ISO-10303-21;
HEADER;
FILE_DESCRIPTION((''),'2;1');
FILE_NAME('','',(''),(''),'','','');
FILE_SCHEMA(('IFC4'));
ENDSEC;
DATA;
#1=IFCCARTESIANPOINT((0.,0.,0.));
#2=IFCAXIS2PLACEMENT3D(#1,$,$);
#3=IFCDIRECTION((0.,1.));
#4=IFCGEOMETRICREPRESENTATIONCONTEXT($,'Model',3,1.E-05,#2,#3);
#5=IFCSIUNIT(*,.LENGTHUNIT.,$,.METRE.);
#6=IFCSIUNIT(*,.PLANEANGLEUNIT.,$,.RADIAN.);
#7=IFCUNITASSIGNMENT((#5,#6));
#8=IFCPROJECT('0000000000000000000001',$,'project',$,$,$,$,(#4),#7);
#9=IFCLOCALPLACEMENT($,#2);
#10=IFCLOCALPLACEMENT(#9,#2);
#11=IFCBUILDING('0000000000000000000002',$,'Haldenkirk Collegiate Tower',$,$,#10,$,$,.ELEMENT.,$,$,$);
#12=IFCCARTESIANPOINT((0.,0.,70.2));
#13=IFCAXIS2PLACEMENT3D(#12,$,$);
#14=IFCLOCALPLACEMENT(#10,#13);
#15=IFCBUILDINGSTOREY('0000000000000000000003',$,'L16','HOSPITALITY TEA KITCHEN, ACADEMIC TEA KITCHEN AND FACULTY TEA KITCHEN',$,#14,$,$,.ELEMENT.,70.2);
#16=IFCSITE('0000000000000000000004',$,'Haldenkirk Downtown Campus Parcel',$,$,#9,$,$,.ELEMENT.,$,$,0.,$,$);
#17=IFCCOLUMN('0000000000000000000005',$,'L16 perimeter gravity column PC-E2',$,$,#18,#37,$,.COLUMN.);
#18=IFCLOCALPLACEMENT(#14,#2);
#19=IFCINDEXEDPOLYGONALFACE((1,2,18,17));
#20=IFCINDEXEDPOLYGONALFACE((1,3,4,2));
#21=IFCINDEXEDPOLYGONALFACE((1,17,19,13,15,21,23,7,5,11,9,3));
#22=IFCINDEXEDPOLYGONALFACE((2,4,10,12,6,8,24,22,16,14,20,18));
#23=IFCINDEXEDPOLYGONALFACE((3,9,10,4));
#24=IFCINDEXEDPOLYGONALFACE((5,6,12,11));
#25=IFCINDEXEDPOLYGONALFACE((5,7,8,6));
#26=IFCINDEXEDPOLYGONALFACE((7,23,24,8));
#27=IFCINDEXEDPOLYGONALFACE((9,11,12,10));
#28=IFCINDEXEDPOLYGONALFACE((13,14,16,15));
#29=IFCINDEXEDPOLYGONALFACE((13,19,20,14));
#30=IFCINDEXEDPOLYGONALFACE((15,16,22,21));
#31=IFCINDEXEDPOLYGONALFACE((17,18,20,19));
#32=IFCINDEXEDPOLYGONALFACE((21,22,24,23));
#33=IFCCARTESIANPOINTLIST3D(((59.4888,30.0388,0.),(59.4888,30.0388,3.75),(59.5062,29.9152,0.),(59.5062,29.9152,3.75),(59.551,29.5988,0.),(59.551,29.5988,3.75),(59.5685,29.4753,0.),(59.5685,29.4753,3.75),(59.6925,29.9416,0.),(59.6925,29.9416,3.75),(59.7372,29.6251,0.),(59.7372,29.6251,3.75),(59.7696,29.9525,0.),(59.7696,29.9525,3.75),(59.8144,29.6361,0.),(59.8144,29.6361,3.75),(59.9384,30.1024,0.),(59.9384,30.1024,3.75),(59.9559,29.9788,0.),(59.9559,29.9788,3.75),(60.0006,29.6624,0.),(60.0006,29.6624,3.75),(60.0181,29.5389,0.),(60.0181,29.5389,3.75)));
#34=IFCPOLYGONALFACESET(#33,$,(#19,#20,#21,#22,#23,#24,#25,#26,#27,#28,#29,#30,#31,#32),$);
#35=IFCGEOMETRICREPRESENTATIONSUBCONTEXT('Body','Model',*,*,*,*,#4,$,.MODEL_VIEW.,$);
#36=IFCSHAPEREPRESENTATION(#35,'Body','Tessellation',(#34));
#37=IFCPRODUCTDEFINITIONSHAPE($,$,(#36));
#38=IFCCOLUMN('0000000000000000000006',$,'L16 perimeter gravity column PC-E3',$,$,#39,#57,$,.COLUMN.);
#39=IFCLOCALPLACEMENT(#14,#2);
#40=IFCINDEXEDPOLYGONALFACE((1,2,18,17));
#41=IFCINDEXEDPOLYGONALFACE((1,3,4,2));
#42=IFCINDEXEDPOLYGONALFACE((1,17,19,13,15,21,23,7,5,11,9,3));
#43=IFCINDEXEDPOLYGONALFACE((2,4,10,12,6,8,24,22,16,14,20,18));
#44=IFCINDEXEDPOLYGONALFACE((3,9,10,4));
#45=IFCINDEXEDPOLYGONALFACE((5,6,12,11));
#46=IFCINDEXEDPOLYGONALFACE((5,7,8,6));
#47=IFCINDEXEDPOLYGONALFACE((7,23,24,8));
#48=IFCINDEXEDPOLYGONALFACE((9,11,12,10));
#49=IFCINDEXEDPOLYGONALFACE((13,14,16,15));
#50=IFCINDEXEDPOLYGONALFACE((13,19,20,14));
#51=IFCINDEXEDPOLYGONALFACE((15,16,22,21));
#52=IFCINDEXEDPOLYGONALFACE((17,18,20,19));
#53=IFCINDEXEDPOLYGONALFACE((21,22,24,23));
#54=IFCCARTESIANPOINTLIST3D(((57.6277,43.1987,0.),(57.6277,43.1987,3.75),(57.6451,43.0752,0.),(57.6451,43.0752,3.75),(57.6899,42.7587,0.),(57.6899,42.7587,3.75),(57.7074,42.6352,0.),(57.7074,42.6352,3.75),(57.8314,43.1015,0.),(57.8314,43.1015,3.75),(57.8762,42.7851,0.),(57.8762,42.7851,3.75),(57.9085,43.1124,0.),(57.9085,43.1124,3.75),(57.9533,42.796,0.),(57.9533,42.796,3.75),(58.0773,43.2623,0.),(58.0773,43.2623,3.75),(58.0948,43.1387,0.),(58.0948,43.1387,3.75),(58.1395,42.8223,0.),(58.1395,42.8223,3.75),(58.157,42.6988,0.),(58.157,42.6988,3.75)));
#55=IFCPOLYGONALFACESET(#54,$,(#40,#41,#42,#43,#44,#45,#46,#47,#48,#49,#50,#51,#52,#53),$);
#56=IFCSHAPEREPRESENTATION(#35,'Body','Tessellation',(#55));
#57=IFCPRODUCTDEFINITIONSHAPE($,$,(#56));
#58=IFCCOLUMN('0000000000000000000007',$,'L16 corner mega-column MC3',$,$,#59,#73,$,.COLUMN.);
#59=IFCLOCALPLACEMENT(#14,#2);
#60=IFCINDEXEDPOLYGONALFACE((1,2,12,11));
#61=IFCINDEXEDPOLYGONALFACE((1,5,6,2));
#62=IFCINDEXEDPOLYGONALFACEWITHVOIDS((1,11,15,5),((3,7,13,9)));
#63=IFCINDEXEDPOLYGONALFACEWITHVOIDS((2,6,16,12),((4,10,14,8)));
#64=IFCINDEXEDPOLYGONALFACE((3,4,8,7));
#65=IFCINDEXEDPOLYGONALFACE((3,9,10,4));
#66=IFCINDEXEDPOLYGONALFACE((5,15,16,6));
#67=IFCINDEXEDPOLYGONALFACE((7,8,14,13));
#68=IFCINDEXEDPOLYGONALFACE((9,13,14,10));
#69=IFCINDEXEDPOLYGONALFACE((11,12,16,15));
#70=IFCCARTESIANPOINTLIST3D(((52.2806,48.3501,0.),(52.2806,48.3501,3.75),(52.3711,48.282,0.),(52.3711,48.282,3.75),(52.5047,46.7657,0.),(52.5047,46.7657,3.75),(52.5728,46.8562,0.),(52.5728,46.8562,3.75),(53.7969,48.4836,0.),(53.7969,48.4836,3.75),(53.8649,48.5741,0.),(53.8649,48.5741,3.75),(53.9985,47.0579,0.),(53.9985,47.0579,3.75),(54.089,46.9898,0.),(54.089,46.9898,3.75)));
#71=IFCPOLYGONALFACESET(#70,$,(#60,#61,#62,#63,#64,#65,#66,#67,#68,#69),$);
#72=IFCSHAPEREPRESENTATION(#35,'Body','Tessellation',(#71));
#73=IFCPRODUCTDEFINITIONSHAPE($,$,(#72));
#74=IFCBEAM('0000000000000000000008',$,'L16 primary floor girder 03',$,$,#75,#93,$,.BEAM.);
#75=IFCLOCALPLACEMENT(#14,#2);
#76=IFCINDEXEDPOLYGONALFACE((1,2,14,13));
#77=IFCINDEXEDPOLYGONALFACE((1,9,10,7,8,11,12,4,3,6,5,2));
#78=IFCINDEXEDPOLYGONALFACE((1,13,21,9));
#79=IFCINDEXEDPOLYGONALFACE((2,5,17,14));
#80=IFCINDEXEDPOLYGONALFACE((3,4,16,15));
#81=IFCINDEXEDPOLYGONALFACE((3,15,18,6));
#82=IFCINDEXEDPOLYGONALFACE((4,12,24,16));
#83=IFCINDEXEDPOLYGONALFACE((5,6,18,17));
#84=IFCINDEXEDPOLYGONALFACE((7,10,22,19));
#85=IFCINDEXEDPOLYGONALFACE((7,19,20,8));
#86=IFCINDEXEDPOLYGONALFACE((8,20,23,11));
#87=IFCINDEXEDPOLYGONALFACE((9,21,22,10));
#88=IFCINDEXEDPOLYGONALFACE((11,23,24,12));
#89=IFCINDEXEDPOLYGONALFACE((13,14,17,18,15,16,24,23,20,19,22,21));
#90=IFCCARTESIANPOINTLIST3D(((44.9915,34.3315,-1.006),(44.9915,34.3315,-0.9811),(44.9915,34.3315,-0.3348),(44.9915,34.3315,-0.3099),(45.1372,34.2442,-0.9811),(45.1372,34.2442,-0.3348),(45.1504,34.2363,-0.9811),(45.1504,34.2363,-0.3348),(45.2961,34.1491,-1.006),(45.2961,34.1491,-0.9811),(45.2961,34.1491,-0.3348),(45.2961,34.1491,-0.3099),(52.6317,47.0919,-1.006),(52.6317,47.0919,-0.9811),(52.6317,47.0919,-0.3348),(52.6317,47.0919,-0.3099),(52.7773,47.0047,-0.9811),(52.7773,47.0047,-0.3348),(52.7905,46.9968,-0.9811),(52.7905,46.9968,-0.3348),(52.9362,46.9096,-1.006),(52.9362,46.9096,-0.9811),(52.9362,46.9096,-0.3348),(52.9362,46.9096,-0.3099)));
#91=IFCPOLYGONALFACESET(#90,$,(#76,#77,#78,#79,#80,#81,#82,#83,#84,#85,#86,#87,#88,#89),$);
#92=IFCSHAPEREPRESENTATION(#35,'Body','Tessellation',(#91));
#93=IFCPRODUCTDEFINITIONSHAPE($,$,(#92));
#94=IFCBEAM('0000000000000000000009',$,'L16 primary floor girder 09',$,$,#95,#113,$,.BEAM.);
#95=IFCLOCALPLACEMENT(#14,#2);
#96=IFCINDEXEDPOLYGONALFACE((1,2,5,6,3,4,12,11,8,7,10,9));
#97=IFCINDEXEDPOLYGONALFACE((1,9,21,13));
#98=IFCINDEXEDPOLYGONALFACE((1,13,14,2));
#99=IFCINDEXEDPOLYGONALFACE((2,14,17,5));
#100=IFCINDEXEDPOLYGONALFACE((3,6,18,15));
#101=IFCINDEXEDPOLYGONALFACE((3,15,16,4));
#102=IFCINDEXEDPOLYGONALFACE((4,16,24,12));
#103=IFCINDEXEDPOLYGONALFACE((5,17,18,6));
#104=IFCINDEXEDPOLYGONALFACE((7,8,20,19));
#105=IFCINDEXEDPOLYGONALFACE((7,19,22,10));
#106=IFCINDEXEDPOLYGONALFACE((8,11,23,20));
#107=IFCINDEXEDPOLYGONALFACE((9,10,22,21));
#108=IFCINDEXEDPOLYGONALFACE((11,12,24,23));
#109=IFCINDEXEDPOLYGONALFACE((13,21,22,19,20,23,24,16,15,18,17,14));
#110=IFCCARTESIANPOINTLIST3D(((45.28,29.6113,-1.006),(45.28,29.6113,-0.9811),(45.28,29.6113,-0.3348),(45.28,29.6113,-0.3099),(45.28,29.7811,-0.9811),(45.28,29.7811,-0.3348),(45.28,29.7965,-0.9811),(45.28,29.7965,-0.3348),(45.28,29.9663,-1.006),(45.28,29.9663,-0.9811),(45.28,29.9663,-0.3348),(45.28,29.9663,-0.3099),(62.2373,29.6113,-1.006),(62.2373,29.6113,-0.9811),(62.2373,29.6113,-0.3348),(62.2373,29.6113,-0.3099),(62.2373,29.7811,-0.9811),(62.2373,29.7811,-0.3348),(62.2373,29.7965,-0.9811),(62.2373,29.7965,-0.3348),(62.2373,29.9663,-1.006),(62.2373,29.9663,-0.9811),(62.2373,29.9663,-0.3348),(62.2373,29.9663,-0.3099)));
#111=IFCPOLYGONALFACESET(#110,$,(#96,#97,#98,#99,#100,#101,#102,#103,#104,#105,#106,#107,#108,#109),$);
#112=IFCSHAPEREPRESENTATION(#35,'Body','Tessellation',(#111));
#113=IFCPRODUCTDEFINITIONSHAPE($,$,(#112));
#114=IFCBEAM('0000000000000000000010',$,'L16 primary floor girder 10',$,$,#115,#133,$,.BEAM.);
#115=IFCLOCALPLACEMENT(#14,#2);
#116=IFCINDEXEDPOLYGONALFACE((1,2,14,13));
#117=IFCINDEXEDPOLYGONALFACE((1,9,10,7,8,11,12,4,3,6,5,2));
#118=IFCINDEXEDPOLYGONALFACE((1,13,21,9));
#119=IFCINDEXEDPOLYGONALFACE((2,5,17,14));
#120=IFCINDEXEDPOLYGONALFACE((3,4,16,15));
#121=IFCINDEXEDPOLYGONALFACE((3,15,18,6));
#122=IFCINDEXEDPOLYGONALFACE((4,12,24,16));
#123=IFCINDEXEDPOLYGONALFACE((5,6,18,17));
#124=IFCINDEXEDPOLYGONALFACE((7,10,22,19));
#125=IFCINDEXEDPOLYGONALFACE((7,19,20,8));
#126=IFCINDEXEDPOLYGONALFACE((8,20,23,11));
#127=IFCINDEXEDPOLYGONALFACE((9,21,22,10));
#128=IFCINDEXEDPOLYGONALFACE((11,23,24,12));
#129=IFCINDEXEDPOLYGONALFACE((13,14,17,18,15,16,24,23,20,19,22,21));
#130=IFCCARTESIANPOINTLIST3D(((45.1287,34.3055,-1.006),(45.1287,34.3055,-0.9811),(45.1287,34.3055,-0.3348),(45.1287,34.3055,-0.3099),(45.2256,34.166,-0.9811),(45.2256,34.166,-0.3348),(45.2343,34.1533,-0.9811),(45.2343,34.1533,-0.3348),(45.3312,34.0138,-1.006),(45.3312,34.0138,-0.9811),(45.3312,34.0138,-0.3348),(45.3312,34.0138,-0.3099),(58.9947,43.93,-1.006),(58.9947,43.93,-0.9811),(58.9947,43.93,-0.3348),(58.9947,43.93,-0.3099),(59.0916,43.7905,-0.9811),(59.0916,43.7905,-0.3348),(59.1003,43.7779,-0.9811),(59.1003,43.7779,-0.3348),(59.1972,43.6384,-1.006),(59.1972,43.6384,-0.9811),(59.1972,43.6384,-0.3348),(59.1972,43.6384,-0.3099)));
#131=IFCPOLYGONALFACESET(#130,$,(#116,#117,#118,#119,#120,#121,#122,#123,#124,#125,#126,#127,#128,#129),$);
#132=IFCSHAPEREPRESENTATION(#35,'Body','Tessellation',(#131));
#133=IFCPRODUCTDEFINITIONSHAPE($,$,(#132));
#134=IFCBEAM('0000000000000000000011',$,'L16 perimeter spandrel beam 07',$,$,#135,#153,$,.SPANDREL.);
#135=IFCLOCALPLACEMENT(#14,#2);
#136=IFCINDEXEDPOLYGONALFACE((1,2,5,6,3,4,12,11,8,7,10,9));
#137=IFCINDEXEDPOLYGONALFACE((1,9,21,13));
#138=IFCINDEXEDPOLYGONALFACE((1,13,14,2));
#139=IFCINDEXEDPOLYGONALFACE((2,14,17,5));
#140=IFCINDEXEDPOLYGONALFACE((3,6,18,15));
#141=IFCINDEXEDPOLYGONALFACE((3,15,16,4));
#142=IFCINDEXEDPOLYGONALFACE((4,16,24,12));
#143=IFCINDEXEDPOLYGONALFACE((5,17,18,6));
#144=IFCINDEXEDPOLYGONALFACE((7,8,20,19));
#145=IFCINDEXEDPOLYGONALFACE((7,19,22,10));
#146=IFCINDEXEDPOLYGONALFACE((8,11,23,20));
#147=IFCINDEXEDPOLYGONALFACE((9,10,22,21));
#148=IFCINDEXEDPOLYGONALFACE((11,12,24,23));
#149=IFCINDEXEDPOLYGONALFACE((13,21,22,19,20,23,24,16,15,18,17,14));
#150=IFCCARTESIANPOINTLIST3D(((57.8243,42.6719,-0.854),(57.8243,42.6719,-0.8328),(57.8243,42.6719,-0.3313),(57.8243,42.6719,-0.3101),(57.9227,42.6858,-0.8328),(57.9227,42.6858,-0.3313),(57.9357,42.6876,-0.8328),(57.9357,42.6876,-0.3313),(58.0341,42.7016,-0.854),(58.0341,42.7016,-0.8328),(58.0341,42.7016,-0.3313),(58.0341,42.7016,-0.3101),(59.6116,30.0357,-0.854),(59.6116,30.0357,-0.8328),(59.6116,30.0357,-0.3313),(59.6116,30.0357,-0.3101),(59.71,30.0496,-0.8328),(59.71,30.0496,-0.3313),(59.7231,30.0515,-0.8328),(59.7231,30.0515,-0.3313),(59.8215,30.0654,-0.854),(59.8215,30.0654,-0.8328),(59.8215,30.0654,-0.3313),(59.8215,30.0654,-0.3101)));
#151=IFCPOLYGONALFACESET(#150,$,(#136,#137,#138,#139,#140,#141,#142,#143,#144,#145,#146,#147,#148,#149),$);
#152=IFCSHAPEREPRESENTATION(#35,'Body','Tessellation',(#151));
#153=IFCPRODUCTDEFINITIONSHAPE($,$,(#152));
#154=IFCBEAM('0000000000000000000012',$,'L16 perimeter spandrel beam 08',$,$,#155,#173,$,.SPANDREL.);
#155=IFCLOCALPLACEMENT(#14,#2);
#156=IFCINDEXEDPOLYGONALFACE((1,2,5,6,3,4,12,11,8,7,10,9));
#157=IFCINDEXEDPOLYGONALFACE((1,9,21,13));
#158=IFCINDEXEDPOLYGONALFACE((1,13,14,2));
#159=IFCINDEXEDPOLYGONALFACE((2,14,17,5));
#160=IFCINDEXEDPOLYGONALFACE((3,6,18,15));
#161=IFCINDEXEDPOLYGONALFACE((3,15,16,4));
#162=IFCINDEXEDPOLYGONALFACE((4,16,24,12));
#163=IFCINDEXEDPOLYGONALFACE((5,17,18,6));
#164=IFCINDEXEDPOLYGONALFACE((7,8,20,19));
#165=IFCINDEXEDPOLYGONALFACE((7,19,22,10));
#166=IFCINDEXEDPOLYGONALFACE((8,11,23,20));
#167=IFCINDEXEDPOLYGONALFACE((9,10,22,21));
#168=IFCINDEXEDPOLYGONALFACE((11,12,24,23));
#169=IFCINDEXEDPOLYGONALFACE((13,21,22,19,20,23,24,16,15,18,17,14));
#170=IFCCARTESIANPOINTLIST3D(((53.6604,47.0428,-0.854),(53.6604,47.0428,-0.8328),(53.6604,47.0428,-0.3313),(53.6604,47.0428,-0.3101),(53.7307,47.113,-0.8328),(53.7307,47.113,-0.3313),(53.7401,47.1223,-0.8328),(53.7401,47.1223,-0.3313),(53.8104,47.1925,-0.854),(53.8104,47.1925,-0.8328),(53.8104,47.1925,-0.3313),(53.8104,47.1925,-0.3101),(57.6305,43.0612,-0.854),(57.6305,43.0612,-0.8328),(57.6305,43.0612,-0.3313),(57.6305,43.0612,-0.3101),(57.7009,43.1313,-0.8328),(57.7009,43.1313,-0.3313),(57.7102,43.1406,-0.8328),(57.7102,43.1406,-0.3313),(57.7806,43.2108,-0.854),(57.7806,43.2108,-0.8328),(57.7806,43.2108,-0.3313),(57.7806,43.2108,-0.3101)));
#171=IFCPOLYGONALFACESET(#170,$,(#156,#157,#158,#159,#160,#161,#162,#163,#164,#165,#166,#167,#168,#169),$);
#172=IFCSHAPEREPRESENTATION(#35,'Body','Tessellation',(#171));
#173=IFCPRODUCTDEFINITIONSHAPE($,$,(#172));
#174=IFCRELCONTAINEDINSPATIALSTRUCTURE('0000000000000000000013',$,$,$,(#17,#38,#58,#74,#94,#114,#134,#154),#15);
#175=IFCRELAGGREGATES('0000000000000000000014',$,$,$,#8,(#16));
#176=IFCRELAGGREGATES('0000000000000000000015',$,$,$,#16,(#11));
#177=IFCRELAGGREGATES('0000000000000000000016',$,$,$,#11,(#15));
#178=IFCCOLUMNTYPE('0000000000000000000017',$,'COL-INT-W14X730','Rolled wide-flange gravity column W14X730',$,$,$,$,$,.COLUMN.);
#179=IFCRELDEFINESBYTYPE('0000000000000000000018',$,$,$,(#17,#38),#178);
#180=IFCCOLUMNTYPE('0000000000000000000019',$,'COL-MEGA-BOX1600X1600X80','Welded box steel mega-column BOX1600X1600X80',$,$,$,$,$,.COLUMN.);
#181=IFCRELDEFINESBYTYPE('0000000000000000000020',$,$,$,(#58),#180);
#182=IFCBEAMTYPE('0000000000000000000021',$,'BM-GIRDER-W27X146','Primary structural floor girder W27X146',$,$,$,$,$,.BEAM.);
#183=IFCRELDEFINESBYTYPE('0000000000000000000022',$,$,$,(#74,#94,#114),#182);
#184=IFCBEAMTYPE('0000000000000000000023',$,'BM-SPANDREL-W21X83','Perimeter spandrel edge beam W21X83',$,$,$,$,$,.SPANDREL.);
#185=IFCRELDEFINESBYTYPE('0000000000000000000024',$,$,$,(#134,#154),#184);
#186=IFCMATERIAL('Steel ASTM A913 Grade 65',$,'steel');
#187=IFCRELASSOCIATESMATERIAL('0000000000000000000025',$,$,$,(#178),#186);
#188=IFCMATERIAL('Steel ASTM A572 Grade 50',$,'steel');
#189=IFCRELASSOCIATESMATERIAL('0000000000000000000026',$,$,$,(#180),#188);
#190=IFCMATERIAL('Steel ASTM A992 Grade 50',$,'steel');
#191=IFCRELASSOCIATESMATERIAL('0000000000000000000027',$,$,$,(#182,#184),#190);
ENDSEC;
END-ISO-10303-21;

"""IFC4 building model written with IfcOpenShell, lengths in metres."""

from ifc_helpers import new_model, si_unit, direction, frame, origin, origin_2d, place, context, subcontext, project, spatial, hollow_rectangle, i_section, extrude, material, material_profile, profile_set, type_object, element, save


model = new_model("IFC4")

# Units and contexts
model_context = context("Model", 3, precision=1e-05, world=origin(), true_north=direction((0.0, 1.0)))
body_context = subcontext(model_context, "Body", "Model", "MODEL_VIEW")
ifc_project = project(units=[si_unit("LENGTHUNIT", "METRE"), si_unit("PLANEANGLEUNIT", "RADIAN")], contexts=[model_context])

# Site, building, storey
site_placement = place(None, origin())
site = spatial("IfcSite", under=ifc_project, at=site_placement, Name="Haldenkirk Downtown Campus Parcel", CompositionType="ELEMENT", RefElevation=0.0)
building_placement = place(site_placement, origin())
building = spatial("IfcBuilding", under=site, at=building_placement, Name="Haldenkirk Collegiate Tower", CompositionType="ELEMENT")
storey_placement = place(building_placement, frame((0.0, 0.0, 70.2)))
storey = spatial("IfcBuildingStorey", under=building, at=storey_placement, Name="L16", Description="HOSPITALITY TEA KITCHEN, ACADEMIC TEA KITCHEN AND FACULTY TEA KITCHEN", CompositionType="ELEMENT", Elevation=70.2)

# Columns
ifc_material_1 = material(Name="Steel ASTM A913 Grade 65", Category="steel")
ifc_material_profile_1 = material_profile(ifc_material_1, i_section(OverallWidth=0.4541, OverallDepth=0.5691, WebThickness=0.0779, FlangeThickness=0.1248, at=origin_2d()), Name="W14X730")
ifc_profile_set_1 = profile_set([ifc_material_profile_1], Name="Steel ASTM A913 Grade 65")
column_type_1 = type_object("IfcColumnType", Name="COL-INT-W14X730", Description="Rolled wide-flange gravity column W14X730", PredefinedType="COLUMN", material=ifc_profile_set_1)
for number, where, z_axis, x_axis, name in (
    (1, (59.7534, 29.7888, 0.0), (0.0, 0.0, 1.0), (0.990146, 0.140037, 0.0), "L16 perimeter gravity column PC-E2"),
    (2, (57.8923, 42.9487, 0.0), (0.0, 0.0, 1.0), (0.990146, 0.140037, 0.0), "L16 perimeter gravity column PC-E3"),
):
    element("IfcColumn", number, at=place(storey_placement, frame(where, z_axis=z_axis, x_axis=x_axis)), inside=storey, type_object=column_type_1, Name=name, PredefinedType="COLUMN", context=body_context, shape_type="SweptSolid", body=[
        extrude(i_section(OverallWidth=0.4541, OverallDepth=0.5691, WebThickness=0.0779, FlangeThickness=0.1248, at=origin_2d()), origin(), (0.0, 0.0, 1.0), 3.75),
    ])
ifc_material_2 = material(Name="Steel ASTM A572 Grade 50", Category="steel")
ifc_material_profile_2 = material_profile(ifc_material_2, hollow_rectangle(XDim=1.6001, YDim=1.6001, WallThickness=0.0801, at=origin_2d()), Name="BOX1600X1600X80")
ifc_profile_set_2 = profile_set([ifc_material_profile_2], Name="Steel ASTM A572 Grade 50")
column_type_2 = type_object("IfcColumnType", Name="COL-MEGA-BOX1600X1600X80", Description="Welded box steel mega-column BOX1600X1600X80", PredefinedType="COLUMN", material=ifc_profile_set_2)
column_placement = place(storey_placement, frame((53.1848, 47.6699, 0.0), z_axis=(0.0, 0.0, 1.0), x_axis=(0.990146, 0.140037, 0.0)))
element("IfcColumn", 3, at=column_placement, inside=storey, type_object=column_type_2, Name="L16 corner mega-column MC3", PredefinedType="COLUMN", context=body_context, shape_type="SweptSolid", body=[
    extrude(hollow_rectangle(XDim=1.6001, YDim=1.6001, WallThickness=0.0801, at=origin_2d()), origin(), (0.0, 0.0, 1.0), 3.75),
])

# Beams
ifc_material_3 = material(Name="Steel ASTM A992 Grade 50", Category="steel")
ifc_material_profile_3 = material_profile(ifc_material_3, i_section(OverallWidth=0.355, OverallDepth=0.696, WebThickness=0.0154, FlangeThickness=0.0249, at=origin_2d()), Name="W27X146")
ifc_profile_set_3 = profile_set([ifc_material_profile_3], Name="Steel ASTM A992 Grade 50")
beam_type_1 = type_object("IfcBeamType", Name="BM-GIRDER-W27X146", Description="Primary structural floor girder W27X146", PredefinedType="BEAM", material=ifc_profile_set_3)
beam_1_placement = place(storey_placement, frame((52.7839, 47.0007, -0.658), z_axis=(-0.513696, -0.857972, 0.0), x_axis=(0.857972, -0.513696, 0.0)))
element("IfcBeam", 4, at=beam_1_placement, inside=storey, type_object=beam_type_1, Name="L16 primary floor girder 03", PredefinedType="BEAM", context=body_context, shape_type="SweptSolid", body=[
    extrude(i_section(OverallWidth=0.355, OverallDepth=0.696, WebThickness=0.0154, FlangeThickness=0.0249, at=origin_2d()), origin(), (0.0, 0.0, 1.0), 14.8728),
])
beam_2_placement = place(storey_placement, frame((62.2373, 29.7888, -0.658), z_axis=(-1.0, 0.0, 0.0), x_axis=(0.0, -1.0, 0.0)))
element("IfcBeam", 5, at=beam_2_placement, inside=storey, type_object=beam_type_1, Name="L16 primary floor girder 09", PredefinedType="BEAM", context=body_context, shape_type="SweptSolid", body=[
    extrude(i_section(OverallWidth=0.355, OverallDepth=0.696, WebThickness=0.0154, FlangeThickness=0.0249, at=origin_2d()), origin(), (0.0, 0.0, 1.0), 16.9573),
])
beam_3_placement = place(storey_placement, frame((59.0959, 43.7842, -0.658), z_axis=(-0.821499, -0.570211, 0.0), x_axis=(0.570211, -0.821499, 0.0)))
element("IfcBeam", 6, at=beam_3_placement, inside=storey, type_object=beam_type_1, Name="L16 primary floor girder 10", PredefinedType="BEAM", context=body_context, shape_type="SweptSolid", body=[
    extrude(i_section(OverallWidth=0.355, OverallDepth=0.696, WebThickness=0.0154, FlangeThickness=0.0249, at=origin_2d()), origin(), (0.0, 0.0, 1.0), 16.8789),
])
ifc_material_profile_4 = material_profile(ifc_material_3, i_section(OverallWidth=0.2119, OverallDepth=0.5439, WebThickness=0.0132, FlangeThickness=0.0212, at=origin_2d()), Name="W21X83")
ifc_profile_set_4 = profile_set([ifc_material_profile_4], Name="Steel ASTM A992 Grade 50")
beam_type_2 = type_object("IfcBeamType", Name="BM-SPANDREL-W21X83", Description="Perimeter spandrel edge beam W21X83", PredefinedType="SPANDREL", material=ifc_profile_set_4)
beam_4_placement = place(storey_placement, frame((59.7166, 30.0505, -0.582), z_axis=(-0.140053, 0.990144, 0.0), x_axis=(-0.990144, -0.140053, 0.0)))
element("IfcBeam", 7, at=beam_4_placement, inside=storey, type_object=beam_type_2, Name="L16 perimeter spandrel beam 07", PredefinedType="SPANDREL", context=body_context, shape_type="SweptSolid", body=[
    extrude(i_section(OverallWidth=0.2119, OverallDepth=0.5439, WebThickness=0.0132, FlangeThickness=0.0212, at=origin_2d()), origin(), (0.0, 0.0, 1.0), 12.762),
])
beam_5_placement = place(storey_placement, frame((57.7056, 43.136, -0.582), z_axis=(-0.706086, 0.708126, 0.0), x_axis=(-0.708126, -0.706086, 0.0)))
element("IfcBeam", 8, at=beam_5_placement, inside=storey, type_object=beam_type_2, Name="L16 perimeter spandrel beam 08", PredefinedType="SPANDREL", context=body_context, shape_type="SweptSolid", body=[
    extrude(i_section(OverallWidth=0.2119, OverallDepth=0.5439, WebThickness=0.0132, FlangeThickness=0.0212, at=origin_2d()), origin(), (0.0, 0.0, 1.0), 5.6228),
])

save(model, "model.ifc")
